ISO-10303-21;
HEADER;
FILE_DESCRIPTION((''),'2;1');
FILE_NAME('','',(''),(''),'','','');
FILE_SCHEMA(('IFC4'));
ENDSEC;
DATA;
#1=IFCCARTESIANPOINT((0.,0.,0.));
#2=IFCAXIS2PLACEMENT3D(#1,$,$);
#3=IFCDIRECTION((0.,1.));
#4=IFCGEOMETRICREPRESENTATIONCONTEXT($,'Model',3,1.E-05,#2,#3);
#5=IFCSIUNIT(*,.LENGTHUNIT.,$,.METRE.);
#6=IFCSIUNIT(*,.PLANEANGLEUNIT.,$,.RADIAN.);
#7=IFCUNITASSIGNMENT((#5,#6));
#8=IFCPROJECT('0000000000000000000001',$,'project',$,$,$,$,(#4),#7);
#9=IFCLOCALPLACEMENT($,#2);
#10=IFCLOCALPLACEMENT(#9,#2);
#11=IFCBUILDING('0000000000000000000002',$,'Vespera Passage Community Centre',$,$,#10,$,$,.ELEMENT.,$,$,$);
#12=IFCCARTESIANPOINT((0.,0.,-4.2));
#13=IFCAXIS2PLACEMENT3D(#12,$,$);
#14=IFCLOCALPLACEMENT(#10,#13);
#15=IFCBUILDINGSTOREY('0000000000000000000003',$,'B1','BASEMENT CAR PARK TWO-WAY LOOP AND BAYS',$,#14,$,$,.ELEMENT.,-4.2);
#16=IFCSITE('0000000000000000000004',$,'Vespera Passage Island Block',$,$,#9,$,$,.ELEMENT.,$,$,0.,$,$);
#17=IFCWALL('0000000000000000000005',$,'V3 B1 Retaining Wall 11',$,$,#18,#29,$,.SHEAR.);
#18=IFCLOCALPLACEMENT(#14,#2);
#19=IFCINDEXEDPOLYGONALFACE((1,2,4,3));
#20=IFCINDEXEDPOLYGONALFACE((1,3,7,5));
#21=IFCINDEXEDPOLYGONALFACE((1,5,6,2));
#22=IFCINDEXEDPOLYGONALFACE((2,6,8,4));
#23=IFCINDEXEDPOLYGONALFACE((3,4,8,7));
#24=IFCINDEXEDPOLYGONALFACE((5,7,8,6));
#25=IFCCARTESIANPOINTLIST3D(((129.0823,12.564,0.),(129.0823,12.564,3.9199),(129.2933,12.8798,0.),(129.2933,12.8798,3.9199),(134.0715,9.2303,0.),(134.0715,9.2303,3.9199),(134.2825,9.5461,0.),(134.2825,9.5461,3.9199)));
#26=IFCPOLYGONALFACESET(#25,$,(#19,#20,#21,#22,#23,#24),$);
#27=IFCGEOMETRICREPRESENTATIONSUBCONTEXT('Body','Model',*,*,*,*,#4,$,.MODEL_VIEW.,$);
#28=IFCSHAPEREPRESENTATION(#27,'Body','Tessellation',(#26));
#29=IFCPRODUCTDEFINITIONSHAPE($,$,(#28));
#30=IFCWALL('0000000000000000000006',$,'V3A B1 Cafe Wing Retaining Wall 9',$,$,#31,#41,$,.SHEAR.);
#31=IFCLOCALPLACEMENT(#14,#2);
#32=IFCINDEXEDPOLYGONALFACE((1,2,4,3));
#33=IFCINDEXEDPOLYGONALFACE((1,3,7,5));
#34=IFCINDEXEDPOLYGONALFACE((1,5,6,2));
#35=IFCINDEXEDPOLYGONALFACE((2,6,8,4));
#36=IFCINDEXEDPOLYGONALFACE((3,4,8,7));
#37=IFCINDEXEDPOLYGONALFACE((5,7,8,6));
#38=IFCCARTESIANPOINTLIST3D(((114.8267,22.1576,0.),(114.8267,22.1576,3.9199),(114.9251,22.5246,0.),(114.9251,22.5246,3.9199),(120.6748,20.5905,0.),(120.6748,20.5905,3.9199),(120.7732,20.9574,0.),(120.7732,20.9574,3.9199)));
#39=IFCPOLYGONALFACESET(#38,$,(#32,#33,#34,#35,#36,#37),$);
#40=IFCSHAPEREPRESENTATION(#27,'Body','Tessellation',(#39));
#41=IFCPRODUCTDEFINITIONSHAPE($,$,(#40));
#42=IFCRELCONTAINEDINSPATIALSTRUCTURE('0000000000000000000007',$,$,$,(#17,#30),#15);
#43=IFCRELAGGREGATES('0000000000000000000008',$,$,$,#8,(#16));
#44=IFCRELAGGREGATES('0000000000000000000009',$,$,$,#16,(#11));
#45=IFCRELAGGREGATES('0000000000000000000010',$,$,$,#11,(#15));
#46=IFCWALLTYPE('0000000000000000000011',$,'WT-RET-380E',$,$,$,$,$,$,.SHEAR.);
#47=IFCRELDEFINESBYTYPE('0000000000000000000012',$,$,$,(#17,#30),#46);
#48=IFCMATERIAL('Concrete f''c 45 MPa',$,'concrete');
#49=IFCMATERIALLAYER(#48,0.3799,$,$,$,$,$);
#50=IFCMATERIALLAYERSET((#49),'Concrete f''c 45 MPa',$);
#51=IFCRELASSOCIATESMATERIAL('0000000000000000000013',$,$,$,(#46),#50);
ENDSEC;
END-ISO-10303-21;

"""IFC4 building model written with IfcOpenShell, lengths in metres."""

from ifc_helpers import new_model, si_unit, direction, frame, frame_2d, origin, place, context, subcontext, project, spatial, rectangle, extrude, material, layer, layer_set, type_object, element, save


model = new_model("IFC4")

# Units and contexts
model_context = context("Model", 3, precision=1e-05, world=origin(), true_north=direction((0.0, 1.0)))
body_context = subcontext(model_context, "Body", "Model", "MODEL_VIEW")
ifc_project = project(units=[si_unit("LENGTHUNIT", "METRE"), si_unit("PLANEANGLEUNIT", "RADIAN")], contexts=[model_context])

# Site, building, storey
site_placement = place(None, origin())
site = spatial("IfcSite", under=ifc_project, at=site_placement, Name="Vespera Passage Island Block", CompositionType="ELEMENT", RefElevation=0.0)
building_placement = place(site_placement, origin())
building = spatial("IfcBuilding", under=site, at=building_placement, Name="Vespera Passage Community Centre", CompositionType="ELEMENT")
storey_placement = place(building_placement, frame((0.0, 0.0, -4.2)))
storey = spatial("IfcBuildingStorey", under=building, at=storey_placement, Name="B1", Description="BASEMENT CAR PARK TWO-WAY LOOP AND BAYS", CompositionType="ELEMENT", Elevation=-4.2)

# Walls
ifc_material_1 = material(Name="Concrete f'c 45 MPa", Category="concrete")
ifc_layer = layer(ifc_material_1, 0.3799)
ifc_layer_set = layer_set([ifc_layer], Name="Concrete f'c 45 MPa")
wall_type = type_object("IfcWallType", Name="WT-RET-380E", PredefinedType="SHEAR", material=ifc_layer_set)
for number, where, z_axis, x_axis, name in (
    (1, (134.177, 9.3882, 0.0), (0.0, 0.0, 1.0), (-0.831468, 0.555573, 0.0), "V3 B1 Retaining Wall 11"),
):
    element("IfcWall", number, at=place(storey_placement, frame(where, z_axis=z_axis, x_axis=x_axis)), inside=storey, type_object=wall_type, Name=name, PredefinedType="SHEAR", context=body_context, shape_type="SweptSolid", body=[
        extrude(rectangle(XDim=6.0005, YDim=0.3799, at=frame_2d((3.0002, 0.0))), origin(), (0.0, 0.0, 1.0), 3.9199),
    ])
wall_1_placement = place(storey_placement, frame((120.7241, 20.7739, 0.0), z_axis=(0.0, 0.0, 1.0), x_axis=(-0.96592, 0.25884, 0.0)))
element("IfcWall", 2, at=wall_1_placement, inside=storey, type_object=wall_type, Name="V3A B1 Cafe Wing Retaining Wall 9", PredefinedType="SHEAR", context=body_context, shape_type="SweptSolid", body=[
    extrude(rectangle(XDim=6.0544, YDim=0.3799, at=frame_2d((3.0273, 0.0))), origin(), (0.0, 0.0, 1.0), 3.9199),
])

save(model, "model.ifc")
